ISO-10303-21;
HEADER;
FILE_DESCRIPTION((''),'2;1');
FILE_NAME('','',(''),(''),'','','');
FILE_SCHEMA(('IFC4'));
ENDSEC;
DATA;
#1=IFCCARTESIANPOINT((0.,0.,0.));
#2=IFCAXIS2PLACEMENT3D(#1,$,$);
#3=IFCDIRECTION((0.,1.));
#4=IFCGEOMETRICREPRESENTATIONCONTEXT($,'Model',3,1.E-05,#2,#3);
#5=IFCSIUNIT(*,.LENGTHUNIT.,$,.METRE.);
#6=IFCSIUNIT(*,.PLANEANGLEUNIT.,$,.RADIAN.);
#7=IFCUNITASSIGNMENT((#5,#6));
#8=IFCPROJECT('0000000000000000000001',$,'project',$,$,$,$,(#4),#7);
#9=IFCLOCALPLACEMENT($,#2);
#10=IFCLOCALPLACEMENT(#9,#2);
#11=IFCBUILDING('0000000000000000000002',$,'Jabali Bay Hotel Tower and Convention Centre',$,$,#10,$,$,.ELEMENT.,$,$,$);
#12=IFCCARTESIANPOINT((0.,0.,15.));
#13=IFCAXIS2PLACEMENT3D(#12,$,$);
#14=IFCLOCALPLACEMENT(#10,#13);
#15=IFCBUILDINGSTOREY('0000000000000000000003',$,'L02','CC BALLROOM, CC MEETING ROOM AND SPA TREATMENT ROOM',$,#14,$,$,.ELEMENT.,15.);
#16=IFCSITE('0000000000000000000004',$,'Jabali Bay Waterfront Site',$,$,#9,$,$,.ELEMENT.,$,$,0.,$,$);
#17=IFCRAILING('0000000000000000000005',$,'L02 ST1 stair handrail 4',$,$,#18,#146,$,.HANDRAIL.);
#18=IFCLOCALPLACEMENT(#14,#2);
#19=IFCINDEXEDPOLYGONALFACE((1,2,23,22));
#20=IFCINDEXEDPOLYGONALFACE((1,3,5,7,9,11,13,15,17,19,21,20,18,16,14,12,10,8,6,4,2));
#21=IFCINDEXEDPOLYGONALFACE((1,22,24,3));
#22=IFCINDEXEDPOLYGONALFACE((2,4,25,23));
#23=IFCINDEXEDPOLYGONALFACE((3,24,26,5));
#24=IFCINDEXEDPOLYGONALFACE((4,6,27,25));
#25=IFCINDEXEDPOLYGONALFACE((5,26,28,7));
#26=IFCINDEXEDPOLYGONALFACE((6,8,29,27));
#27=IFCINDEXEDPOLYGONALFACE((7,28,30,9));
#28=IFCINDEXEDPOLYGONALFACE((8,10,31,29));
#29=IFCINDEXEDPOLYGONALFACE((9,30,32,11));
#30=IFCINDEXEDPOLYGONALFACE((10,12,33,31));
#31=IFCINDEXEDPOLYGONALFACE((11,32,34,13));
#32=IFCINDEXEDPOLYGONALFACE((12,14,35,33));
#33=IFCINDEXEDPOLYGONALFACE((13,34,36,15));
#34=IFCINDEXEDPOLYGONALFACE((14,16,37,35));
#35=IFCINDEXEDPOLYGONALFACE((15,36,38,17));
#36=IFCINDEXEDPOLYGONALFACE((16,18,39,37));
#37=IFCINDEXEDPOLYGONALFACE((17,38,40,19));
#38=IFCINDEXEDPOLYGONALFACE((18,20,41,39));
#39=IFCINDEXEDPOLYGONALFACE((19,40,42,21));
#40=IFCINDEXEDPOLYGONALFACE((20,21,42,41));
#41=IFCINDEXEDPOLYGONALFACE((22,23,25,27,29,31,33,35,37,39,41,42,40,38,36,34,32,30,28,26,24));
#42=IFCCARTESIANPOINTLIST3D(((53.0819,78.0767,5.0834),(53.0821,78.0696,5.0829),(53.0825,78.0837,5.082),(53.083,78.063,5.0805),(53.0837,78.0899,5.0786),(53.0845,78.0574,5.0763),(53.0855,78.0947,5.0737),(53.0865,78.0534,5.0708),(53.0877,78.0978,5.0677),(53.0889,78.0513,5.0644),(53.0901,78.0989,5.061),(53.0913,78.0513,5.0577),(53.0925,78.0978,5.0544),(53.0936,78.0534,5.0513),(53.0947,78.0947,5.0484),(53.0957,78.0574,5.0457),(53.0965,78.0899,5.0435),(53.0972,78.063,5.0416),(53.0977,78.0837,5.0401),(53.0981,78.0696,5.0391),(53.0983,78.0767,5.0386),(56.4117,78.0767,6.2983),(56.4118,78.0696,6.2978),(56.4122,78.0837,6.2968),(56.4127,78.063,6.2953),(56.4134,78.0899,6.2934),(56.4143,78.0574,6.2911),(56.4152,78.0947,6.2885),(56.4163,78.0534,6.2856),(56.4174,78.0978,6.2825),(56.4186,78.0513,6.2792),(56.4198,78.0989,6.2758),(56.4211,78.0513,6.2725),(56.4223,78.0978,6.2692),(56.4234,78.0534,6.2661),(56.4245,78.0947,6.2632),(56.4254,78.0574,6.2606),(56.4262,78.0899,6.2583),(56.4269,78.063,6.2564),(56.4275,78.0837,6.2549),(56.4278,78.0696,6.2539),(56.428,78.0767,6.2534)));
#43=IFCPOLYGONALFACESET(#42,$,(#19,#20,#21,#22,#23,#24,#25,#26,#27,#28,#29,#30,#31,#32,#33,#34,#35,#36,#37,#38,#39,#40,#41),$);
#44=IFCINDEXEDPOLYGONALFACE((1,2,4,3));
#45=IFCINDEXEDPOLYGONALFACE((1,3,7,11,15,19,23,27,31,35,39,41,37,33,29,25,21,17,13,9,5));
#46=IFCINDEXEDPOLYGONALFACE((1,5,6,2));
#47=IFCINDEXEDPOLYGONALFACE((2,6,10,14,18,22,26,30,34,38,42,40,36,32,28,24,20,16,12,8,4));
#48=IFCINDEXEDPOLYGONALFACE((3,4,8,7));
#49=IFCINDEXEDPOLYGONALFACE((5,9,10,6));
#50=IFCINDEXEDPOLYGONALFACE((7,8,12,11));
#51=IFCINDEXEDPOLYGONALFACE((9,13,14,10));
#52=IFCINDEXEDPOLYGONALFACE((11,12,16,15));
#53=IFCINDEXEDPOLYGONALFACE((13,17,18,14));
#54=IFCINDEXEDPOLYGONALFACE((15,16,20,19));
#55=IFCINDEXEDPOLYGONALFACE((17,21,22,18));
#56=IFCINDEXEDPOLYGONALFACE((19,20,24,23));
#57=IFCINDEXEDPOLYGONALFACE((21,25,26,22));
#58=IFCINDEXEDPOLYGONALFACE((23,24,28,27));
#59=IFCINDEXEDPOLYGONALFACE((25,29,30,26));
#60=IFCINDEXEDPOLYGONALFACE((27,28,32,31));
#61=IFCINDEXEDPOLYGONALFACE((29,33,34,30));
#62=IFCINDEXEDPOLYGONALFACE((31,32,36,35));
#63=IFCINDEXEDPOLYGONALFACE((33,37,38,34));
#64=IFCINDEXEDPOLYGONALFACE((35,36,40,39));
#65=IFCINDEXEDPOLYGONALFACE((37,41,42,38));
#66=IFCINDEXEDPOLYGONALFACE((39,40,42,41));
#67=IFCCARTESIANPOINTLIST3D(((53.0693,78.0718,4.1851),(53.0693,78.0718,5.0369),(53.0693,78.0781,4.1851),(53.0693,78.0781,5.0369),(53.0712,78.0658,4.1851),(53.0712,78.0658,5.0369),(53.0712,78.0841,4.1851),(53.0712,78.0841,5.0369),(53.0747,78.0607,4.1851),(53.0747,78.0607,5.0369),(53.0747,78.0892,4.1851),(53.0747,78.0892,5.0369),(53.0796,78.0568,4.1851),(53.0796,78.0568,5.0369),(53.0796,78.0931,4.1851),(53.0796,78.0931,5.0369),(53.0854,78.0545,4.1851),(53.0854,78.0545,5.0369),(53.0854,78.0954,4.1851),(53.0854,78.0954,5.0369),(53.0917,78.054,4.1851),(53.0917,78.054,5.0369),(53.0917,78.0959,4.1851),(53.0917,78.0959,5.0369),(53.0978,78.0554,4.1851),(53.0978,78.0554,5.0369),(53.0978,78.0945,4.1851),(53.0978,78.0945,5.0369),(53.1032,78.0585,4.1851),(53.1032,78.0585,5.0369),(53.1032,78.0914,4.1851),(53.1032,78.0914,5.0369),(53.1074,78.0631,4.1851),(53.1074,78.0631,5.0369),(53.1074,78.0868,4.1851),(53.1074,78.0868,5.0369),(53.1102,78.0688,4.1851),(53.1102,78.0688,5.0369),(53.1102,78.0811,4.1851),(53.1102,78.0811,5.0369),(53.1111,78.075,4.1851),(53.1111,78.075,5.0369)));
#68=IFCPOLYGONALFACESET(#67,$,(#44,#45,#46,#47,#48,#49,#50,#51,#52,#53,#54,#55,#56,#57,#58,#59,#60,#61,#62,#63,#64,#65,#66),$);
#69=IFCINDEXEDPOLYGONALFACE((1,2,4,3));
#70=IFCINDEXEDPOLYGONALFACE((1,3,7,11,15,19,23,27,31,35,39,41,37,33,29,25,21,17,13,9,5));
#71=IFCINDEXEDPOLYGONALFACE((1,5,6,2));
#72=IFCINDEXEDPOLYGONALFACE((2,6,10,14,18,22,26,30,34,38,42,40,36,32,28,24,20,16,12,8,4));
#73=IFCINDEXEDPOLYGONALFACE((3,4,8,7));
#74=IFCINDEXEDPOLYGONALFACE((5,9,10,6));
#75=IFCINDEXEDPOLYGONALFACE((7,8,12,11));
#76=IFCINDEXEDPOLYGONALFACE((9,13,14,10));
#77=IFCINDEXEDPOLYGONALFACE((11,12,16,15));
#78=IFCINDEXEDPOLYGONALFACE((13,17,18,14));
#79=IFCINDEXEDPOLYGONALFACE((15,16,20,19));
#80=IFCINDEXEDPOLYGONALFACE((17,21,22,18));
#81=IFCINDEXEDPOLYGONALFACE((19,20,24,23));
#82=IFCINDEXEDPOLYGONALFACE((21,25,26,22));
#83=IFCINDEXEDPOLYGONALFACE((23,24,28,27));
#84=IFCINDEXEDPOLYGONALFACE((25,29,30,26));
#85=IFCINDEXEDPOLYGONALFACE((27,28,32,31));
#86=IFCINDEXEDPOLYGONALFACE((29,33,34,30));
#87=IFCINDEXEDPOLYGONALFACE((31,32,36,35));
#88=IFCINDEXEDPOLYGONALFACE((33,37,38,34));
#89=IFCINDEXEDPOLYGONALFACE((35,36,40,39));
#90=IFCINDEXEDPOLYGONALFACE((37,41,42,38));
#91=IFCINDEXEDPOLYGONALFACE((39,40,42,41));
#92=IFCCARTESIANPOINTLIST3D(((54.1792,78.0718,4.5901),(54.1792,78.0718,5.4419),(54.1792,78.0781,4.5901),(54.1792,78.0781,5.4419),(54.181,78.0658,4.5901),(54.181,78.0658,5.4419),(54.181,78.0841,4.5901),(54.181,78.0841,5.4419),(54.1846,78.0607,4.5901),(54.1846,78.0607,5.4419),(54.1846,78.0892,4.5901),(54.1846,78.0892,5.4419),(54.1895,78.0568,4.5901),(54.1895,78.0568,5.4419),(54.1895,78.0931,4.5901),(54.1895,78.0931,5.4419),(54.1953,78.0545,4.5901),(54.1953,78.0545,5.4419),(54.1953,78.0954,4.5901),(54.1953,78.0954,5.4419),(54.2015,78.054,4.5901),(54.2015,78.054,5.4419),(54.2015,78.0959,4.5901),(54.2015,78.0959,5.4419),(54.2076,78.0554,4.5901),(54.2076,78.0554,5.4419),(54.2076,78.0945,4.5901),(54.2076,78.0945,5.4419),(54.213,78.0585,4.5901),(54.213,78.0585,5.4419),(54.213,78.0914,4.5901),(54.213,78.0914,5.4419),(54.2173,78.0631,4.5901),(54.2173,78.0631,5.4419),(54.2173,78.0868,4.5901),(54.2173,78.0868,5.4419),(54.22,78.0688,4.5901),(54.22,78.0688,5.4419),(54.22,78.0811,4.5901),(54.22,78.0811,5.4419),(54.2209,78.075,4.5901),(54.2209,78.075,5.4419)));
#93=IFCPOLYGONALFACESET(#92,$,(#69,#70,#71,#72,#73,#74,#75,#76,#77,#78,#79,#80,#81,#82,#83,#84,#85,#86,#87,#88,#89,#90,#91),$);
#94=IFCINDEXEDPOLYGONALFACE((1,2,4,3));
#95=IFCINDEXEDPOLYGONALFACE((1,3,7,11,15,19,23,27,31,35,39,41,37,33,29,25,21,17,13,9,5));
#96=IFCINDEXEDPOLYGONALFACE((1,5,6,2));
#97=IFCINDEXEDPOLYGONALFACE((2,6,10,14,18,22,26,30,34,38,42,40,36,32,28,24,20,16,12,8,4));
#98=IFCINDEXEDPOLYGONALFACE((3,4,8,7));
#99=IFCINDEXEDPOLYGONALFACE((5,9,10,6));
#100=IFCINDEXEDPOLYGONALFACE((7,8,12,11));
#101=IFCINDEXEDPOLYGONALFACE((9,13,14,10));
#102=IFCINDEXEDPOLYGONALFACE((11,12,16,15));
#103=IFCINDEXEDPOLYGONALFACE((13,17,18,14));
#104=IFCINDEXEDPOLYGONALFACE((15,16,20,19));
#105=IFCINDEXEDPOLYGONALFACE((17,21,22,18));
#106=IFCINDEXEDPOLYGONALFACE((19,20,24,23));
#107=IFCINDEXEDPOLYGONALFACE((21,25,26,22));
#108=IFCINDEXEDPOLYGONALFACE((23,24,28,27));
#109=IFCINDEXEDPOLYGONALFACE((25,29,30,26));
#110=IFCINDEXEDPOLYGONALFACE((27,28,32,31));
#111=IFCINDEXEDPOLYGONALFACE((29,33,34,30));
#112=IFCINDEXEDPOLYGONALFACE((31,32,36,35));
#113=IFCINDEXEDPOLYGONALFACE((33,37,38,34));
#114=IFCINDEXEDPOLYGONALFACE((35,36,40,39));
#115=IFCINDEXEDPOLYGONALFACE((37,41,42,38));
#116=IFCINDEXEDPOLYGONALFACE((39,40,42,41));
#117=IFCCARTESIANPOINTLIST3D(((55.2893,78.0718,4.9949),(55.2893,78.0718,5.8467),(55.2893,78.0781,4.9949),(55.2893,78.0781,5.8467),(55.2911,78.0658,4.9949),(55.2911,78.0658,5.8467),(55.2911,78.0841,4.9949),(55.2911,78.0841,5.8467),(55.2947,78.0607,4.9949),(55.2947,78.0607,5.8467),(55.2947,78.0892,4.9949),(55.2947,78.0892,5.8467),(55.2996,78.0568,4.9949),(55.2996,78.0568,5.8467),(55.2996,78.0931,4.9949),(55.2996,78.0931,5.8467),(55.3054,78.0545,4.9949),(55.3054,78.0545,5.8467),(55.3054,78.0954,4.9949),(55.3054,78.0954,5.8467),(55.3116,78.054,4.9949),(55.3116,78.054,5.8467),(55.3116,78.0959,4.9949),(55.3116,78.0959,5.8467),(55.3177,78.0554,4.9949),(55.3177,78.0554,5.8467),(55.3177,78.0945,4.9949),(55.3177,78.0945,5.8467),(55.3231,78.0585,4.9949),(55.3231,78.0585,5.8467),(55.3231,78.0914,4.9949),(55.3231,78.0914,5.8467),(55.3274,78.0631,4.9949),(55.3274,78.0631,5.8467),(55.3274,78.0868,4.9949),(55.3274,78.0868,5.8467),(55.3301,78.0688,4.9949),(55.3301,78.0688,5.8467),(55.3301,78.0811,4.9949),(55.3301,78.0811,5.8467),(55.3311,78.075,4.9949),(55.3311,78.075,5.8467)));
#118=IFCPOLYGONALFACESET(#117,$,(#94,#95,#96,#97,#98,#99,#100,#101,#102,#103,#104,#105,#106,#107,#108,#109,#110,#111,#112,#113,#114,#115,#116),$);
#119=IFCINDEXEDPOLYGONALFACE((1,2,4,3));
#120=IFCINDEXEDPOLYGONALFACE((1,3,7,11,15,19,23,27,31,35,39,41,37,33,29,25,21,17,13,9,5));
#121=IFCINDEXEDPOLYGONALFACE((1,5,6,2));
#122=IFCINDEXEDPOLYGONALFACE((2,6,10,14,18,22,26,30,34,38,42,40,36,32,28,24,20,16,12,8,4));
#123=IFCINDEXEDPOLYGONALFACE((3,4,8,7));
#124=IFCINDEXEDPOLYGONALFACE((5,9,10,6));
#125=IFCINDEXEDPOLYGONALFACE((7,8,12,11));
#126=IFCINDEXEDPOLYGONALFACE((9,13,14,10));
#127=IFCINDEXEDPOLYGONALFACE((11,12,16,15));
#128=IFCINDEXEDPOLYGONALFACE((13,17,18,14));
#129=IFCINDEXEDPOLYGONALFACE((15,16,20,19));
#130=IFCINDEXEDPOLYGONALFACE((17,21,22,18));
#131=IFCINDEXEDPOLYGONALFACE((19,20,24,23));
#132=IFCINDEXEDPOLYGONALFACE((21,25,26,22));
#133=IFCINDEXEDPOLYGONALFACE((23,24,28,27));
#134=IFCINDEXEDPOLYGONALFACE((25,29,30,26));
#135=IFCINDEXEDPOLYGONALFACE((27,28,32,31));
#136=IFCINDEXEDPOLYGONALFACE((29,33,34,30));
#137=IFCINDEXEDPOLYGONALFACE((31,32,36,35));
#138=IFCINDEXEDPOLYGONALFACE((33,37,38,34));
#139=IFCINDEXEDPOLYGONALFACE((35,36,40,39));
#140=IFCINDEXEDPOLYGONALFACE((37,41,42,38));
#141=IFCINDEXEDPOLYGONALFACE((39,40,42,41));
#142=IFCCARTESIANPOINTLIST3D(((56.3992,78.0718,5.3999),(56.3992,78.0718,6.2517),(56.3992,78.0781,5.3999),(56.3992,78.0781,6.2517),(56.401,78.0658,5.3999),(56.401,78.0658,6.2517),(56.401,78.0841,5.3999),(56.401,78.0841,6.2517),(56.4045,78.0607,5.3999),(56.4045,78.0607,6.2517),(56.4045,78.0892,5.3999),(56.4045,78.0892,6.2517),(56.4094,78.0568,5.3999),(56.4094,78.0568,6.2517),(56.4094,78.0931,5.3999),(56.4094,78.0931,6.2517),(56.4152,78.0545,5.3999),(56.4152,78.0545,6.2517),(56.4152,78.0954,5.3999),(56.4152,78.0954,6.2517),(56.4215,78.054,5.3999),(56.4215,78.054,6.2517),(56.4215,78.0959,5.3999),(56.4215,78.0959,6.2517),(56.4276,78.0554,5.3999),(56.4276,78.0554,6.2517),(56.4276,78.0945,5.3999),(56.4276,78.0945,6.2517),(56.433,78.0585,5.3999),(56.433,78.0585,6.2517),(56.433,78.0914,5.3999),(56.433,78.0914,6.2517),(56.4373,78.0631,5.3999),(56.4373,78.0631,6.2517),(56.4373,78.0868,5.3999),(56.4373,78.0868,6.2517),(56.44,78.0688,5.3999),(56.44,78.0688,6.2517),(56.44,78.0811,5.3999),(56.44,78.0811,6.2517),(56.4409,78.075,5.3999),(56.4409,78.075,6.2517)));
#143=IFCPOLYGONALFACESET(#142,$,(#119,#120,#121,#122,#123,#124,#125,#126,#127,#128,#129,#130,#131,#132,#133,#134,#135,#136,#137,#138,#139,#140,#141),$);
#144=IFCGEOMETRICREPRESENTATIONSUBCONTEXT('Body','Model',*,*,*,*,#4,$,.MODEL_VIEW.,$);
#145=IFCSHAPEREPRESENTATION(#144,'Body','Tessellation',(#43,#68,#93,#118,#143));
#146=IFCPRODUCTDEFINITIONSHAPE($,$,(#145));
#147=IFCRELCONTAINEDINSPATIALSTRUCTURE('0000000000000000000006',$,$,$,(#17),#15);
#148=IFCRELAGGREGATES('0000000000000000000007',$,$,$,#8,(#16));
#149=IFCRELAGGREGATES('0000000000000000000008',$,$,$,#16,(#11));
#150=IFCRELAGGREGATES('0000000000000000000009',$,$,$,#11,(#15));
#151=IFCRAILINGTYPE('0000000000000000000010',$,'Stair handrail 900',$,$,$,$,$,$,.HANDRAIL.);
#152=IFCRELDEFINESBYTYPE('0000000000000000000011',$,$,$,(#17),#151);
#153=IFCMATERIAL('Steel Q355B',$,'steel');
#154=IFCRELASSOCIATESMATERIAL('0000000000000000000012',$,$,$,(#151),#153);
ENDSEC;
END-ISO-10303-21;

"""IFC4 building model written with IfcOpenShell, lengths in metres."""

from ifc_helpers import new_model, si_unit, direction, frame, origin, origin_2d, place, context, subcontext, project, spatial, circle, extrude, material, type_object, element, save


model = new_model("IFC4")

# Units and contexts
model_context = context("Model", 3, precision=1e-05, world=origin(), true_north=direction((0.0, 1.0)))
body_context = subcontext(model_context, "Body", "Model", "MODEL_VIEW")
ifc_project = project(units=[si_unit("LENGTHUNIT", "METRE"), si_unit("PLANEANGLEUNIT", "RADIAN")], contexts=[model_context])

# Site, building, storey
site_placement = place(None, origin())
site = spatial("IfcSite", under=ifc_project, at=site_placement, Name="Jabali Bay Waterfront Site", CompositionType="ELEMENT", RefElevation=0.0)
building_placement = place(site_placement, origin())
building = spatial("IfcBuilding", under=site, at=building_placement, Name="Jabali Bay Hotel Tower and Convention Centre", CompositionType="ELEMENT")
storey_placement = place(building_placement, frame((0.0, 0.0, 15.0)))
storey = spatial("IfcBuildingStorey", under=building, at=storey_placement, Name="L02", Description="CC BALLROOM, CC MEETING ROOM AND SPA TREATMENT ROOM", CompositionType="ELEMENT", Elevation=15.0)

# Railing
ifc_material_1 = material(Name="Steel Q355B", Category="steel")
railing_type_1 = type_object("IfcRailingType", Name="Stair handrail 900", PredefinedType="HANDRAIL", material=ifc_material_1)
railing_1_placement = place(storey_placement, frame((53.0901, 78.075, 4.1851)))
element("IfcRailing", 1, at=railing_1_placement, inside=storey, type_object=railing_type_1, Name="L02 ST1 stair handrail 4", PredefinedType="HANDRAIL", context=body_context, shape_type="SweptSolid", body=[
    extrude(circle(Radius=0.0239, at=origin_2d()), frame((0.0, 0.0, 0.876), z_axis=(0.939431, 0.0, 0.342738), x_axis=(0.0, 1.0, 0.0)), (0.0, 0.0, 1.0), 3.5444),
    extrude(circle(Radius=0.021, at=origin_2d()), origin(), (0.0, 0.0, 1.0), 0.8518),
    extrude(circle(Radius=0.021, at=origin_2d()), frame((1.1099, 0.0, 0.405)), (0.0, 0.0, 1.0), 0.8518),
    extrude(circle(Radius=0.021, at=origin_2d()), frame((2.22, 0.0, 0.8098)), (0.0, 0.0, 1.0), 0.8518),
    extrude(circle(Radius=0.021, at=origin_2d()), frame((3.3298, 0.0, 1.2148)), (0.0, 0.0, 1.0), 0.8518),
])

save(model, "model.ifc")
